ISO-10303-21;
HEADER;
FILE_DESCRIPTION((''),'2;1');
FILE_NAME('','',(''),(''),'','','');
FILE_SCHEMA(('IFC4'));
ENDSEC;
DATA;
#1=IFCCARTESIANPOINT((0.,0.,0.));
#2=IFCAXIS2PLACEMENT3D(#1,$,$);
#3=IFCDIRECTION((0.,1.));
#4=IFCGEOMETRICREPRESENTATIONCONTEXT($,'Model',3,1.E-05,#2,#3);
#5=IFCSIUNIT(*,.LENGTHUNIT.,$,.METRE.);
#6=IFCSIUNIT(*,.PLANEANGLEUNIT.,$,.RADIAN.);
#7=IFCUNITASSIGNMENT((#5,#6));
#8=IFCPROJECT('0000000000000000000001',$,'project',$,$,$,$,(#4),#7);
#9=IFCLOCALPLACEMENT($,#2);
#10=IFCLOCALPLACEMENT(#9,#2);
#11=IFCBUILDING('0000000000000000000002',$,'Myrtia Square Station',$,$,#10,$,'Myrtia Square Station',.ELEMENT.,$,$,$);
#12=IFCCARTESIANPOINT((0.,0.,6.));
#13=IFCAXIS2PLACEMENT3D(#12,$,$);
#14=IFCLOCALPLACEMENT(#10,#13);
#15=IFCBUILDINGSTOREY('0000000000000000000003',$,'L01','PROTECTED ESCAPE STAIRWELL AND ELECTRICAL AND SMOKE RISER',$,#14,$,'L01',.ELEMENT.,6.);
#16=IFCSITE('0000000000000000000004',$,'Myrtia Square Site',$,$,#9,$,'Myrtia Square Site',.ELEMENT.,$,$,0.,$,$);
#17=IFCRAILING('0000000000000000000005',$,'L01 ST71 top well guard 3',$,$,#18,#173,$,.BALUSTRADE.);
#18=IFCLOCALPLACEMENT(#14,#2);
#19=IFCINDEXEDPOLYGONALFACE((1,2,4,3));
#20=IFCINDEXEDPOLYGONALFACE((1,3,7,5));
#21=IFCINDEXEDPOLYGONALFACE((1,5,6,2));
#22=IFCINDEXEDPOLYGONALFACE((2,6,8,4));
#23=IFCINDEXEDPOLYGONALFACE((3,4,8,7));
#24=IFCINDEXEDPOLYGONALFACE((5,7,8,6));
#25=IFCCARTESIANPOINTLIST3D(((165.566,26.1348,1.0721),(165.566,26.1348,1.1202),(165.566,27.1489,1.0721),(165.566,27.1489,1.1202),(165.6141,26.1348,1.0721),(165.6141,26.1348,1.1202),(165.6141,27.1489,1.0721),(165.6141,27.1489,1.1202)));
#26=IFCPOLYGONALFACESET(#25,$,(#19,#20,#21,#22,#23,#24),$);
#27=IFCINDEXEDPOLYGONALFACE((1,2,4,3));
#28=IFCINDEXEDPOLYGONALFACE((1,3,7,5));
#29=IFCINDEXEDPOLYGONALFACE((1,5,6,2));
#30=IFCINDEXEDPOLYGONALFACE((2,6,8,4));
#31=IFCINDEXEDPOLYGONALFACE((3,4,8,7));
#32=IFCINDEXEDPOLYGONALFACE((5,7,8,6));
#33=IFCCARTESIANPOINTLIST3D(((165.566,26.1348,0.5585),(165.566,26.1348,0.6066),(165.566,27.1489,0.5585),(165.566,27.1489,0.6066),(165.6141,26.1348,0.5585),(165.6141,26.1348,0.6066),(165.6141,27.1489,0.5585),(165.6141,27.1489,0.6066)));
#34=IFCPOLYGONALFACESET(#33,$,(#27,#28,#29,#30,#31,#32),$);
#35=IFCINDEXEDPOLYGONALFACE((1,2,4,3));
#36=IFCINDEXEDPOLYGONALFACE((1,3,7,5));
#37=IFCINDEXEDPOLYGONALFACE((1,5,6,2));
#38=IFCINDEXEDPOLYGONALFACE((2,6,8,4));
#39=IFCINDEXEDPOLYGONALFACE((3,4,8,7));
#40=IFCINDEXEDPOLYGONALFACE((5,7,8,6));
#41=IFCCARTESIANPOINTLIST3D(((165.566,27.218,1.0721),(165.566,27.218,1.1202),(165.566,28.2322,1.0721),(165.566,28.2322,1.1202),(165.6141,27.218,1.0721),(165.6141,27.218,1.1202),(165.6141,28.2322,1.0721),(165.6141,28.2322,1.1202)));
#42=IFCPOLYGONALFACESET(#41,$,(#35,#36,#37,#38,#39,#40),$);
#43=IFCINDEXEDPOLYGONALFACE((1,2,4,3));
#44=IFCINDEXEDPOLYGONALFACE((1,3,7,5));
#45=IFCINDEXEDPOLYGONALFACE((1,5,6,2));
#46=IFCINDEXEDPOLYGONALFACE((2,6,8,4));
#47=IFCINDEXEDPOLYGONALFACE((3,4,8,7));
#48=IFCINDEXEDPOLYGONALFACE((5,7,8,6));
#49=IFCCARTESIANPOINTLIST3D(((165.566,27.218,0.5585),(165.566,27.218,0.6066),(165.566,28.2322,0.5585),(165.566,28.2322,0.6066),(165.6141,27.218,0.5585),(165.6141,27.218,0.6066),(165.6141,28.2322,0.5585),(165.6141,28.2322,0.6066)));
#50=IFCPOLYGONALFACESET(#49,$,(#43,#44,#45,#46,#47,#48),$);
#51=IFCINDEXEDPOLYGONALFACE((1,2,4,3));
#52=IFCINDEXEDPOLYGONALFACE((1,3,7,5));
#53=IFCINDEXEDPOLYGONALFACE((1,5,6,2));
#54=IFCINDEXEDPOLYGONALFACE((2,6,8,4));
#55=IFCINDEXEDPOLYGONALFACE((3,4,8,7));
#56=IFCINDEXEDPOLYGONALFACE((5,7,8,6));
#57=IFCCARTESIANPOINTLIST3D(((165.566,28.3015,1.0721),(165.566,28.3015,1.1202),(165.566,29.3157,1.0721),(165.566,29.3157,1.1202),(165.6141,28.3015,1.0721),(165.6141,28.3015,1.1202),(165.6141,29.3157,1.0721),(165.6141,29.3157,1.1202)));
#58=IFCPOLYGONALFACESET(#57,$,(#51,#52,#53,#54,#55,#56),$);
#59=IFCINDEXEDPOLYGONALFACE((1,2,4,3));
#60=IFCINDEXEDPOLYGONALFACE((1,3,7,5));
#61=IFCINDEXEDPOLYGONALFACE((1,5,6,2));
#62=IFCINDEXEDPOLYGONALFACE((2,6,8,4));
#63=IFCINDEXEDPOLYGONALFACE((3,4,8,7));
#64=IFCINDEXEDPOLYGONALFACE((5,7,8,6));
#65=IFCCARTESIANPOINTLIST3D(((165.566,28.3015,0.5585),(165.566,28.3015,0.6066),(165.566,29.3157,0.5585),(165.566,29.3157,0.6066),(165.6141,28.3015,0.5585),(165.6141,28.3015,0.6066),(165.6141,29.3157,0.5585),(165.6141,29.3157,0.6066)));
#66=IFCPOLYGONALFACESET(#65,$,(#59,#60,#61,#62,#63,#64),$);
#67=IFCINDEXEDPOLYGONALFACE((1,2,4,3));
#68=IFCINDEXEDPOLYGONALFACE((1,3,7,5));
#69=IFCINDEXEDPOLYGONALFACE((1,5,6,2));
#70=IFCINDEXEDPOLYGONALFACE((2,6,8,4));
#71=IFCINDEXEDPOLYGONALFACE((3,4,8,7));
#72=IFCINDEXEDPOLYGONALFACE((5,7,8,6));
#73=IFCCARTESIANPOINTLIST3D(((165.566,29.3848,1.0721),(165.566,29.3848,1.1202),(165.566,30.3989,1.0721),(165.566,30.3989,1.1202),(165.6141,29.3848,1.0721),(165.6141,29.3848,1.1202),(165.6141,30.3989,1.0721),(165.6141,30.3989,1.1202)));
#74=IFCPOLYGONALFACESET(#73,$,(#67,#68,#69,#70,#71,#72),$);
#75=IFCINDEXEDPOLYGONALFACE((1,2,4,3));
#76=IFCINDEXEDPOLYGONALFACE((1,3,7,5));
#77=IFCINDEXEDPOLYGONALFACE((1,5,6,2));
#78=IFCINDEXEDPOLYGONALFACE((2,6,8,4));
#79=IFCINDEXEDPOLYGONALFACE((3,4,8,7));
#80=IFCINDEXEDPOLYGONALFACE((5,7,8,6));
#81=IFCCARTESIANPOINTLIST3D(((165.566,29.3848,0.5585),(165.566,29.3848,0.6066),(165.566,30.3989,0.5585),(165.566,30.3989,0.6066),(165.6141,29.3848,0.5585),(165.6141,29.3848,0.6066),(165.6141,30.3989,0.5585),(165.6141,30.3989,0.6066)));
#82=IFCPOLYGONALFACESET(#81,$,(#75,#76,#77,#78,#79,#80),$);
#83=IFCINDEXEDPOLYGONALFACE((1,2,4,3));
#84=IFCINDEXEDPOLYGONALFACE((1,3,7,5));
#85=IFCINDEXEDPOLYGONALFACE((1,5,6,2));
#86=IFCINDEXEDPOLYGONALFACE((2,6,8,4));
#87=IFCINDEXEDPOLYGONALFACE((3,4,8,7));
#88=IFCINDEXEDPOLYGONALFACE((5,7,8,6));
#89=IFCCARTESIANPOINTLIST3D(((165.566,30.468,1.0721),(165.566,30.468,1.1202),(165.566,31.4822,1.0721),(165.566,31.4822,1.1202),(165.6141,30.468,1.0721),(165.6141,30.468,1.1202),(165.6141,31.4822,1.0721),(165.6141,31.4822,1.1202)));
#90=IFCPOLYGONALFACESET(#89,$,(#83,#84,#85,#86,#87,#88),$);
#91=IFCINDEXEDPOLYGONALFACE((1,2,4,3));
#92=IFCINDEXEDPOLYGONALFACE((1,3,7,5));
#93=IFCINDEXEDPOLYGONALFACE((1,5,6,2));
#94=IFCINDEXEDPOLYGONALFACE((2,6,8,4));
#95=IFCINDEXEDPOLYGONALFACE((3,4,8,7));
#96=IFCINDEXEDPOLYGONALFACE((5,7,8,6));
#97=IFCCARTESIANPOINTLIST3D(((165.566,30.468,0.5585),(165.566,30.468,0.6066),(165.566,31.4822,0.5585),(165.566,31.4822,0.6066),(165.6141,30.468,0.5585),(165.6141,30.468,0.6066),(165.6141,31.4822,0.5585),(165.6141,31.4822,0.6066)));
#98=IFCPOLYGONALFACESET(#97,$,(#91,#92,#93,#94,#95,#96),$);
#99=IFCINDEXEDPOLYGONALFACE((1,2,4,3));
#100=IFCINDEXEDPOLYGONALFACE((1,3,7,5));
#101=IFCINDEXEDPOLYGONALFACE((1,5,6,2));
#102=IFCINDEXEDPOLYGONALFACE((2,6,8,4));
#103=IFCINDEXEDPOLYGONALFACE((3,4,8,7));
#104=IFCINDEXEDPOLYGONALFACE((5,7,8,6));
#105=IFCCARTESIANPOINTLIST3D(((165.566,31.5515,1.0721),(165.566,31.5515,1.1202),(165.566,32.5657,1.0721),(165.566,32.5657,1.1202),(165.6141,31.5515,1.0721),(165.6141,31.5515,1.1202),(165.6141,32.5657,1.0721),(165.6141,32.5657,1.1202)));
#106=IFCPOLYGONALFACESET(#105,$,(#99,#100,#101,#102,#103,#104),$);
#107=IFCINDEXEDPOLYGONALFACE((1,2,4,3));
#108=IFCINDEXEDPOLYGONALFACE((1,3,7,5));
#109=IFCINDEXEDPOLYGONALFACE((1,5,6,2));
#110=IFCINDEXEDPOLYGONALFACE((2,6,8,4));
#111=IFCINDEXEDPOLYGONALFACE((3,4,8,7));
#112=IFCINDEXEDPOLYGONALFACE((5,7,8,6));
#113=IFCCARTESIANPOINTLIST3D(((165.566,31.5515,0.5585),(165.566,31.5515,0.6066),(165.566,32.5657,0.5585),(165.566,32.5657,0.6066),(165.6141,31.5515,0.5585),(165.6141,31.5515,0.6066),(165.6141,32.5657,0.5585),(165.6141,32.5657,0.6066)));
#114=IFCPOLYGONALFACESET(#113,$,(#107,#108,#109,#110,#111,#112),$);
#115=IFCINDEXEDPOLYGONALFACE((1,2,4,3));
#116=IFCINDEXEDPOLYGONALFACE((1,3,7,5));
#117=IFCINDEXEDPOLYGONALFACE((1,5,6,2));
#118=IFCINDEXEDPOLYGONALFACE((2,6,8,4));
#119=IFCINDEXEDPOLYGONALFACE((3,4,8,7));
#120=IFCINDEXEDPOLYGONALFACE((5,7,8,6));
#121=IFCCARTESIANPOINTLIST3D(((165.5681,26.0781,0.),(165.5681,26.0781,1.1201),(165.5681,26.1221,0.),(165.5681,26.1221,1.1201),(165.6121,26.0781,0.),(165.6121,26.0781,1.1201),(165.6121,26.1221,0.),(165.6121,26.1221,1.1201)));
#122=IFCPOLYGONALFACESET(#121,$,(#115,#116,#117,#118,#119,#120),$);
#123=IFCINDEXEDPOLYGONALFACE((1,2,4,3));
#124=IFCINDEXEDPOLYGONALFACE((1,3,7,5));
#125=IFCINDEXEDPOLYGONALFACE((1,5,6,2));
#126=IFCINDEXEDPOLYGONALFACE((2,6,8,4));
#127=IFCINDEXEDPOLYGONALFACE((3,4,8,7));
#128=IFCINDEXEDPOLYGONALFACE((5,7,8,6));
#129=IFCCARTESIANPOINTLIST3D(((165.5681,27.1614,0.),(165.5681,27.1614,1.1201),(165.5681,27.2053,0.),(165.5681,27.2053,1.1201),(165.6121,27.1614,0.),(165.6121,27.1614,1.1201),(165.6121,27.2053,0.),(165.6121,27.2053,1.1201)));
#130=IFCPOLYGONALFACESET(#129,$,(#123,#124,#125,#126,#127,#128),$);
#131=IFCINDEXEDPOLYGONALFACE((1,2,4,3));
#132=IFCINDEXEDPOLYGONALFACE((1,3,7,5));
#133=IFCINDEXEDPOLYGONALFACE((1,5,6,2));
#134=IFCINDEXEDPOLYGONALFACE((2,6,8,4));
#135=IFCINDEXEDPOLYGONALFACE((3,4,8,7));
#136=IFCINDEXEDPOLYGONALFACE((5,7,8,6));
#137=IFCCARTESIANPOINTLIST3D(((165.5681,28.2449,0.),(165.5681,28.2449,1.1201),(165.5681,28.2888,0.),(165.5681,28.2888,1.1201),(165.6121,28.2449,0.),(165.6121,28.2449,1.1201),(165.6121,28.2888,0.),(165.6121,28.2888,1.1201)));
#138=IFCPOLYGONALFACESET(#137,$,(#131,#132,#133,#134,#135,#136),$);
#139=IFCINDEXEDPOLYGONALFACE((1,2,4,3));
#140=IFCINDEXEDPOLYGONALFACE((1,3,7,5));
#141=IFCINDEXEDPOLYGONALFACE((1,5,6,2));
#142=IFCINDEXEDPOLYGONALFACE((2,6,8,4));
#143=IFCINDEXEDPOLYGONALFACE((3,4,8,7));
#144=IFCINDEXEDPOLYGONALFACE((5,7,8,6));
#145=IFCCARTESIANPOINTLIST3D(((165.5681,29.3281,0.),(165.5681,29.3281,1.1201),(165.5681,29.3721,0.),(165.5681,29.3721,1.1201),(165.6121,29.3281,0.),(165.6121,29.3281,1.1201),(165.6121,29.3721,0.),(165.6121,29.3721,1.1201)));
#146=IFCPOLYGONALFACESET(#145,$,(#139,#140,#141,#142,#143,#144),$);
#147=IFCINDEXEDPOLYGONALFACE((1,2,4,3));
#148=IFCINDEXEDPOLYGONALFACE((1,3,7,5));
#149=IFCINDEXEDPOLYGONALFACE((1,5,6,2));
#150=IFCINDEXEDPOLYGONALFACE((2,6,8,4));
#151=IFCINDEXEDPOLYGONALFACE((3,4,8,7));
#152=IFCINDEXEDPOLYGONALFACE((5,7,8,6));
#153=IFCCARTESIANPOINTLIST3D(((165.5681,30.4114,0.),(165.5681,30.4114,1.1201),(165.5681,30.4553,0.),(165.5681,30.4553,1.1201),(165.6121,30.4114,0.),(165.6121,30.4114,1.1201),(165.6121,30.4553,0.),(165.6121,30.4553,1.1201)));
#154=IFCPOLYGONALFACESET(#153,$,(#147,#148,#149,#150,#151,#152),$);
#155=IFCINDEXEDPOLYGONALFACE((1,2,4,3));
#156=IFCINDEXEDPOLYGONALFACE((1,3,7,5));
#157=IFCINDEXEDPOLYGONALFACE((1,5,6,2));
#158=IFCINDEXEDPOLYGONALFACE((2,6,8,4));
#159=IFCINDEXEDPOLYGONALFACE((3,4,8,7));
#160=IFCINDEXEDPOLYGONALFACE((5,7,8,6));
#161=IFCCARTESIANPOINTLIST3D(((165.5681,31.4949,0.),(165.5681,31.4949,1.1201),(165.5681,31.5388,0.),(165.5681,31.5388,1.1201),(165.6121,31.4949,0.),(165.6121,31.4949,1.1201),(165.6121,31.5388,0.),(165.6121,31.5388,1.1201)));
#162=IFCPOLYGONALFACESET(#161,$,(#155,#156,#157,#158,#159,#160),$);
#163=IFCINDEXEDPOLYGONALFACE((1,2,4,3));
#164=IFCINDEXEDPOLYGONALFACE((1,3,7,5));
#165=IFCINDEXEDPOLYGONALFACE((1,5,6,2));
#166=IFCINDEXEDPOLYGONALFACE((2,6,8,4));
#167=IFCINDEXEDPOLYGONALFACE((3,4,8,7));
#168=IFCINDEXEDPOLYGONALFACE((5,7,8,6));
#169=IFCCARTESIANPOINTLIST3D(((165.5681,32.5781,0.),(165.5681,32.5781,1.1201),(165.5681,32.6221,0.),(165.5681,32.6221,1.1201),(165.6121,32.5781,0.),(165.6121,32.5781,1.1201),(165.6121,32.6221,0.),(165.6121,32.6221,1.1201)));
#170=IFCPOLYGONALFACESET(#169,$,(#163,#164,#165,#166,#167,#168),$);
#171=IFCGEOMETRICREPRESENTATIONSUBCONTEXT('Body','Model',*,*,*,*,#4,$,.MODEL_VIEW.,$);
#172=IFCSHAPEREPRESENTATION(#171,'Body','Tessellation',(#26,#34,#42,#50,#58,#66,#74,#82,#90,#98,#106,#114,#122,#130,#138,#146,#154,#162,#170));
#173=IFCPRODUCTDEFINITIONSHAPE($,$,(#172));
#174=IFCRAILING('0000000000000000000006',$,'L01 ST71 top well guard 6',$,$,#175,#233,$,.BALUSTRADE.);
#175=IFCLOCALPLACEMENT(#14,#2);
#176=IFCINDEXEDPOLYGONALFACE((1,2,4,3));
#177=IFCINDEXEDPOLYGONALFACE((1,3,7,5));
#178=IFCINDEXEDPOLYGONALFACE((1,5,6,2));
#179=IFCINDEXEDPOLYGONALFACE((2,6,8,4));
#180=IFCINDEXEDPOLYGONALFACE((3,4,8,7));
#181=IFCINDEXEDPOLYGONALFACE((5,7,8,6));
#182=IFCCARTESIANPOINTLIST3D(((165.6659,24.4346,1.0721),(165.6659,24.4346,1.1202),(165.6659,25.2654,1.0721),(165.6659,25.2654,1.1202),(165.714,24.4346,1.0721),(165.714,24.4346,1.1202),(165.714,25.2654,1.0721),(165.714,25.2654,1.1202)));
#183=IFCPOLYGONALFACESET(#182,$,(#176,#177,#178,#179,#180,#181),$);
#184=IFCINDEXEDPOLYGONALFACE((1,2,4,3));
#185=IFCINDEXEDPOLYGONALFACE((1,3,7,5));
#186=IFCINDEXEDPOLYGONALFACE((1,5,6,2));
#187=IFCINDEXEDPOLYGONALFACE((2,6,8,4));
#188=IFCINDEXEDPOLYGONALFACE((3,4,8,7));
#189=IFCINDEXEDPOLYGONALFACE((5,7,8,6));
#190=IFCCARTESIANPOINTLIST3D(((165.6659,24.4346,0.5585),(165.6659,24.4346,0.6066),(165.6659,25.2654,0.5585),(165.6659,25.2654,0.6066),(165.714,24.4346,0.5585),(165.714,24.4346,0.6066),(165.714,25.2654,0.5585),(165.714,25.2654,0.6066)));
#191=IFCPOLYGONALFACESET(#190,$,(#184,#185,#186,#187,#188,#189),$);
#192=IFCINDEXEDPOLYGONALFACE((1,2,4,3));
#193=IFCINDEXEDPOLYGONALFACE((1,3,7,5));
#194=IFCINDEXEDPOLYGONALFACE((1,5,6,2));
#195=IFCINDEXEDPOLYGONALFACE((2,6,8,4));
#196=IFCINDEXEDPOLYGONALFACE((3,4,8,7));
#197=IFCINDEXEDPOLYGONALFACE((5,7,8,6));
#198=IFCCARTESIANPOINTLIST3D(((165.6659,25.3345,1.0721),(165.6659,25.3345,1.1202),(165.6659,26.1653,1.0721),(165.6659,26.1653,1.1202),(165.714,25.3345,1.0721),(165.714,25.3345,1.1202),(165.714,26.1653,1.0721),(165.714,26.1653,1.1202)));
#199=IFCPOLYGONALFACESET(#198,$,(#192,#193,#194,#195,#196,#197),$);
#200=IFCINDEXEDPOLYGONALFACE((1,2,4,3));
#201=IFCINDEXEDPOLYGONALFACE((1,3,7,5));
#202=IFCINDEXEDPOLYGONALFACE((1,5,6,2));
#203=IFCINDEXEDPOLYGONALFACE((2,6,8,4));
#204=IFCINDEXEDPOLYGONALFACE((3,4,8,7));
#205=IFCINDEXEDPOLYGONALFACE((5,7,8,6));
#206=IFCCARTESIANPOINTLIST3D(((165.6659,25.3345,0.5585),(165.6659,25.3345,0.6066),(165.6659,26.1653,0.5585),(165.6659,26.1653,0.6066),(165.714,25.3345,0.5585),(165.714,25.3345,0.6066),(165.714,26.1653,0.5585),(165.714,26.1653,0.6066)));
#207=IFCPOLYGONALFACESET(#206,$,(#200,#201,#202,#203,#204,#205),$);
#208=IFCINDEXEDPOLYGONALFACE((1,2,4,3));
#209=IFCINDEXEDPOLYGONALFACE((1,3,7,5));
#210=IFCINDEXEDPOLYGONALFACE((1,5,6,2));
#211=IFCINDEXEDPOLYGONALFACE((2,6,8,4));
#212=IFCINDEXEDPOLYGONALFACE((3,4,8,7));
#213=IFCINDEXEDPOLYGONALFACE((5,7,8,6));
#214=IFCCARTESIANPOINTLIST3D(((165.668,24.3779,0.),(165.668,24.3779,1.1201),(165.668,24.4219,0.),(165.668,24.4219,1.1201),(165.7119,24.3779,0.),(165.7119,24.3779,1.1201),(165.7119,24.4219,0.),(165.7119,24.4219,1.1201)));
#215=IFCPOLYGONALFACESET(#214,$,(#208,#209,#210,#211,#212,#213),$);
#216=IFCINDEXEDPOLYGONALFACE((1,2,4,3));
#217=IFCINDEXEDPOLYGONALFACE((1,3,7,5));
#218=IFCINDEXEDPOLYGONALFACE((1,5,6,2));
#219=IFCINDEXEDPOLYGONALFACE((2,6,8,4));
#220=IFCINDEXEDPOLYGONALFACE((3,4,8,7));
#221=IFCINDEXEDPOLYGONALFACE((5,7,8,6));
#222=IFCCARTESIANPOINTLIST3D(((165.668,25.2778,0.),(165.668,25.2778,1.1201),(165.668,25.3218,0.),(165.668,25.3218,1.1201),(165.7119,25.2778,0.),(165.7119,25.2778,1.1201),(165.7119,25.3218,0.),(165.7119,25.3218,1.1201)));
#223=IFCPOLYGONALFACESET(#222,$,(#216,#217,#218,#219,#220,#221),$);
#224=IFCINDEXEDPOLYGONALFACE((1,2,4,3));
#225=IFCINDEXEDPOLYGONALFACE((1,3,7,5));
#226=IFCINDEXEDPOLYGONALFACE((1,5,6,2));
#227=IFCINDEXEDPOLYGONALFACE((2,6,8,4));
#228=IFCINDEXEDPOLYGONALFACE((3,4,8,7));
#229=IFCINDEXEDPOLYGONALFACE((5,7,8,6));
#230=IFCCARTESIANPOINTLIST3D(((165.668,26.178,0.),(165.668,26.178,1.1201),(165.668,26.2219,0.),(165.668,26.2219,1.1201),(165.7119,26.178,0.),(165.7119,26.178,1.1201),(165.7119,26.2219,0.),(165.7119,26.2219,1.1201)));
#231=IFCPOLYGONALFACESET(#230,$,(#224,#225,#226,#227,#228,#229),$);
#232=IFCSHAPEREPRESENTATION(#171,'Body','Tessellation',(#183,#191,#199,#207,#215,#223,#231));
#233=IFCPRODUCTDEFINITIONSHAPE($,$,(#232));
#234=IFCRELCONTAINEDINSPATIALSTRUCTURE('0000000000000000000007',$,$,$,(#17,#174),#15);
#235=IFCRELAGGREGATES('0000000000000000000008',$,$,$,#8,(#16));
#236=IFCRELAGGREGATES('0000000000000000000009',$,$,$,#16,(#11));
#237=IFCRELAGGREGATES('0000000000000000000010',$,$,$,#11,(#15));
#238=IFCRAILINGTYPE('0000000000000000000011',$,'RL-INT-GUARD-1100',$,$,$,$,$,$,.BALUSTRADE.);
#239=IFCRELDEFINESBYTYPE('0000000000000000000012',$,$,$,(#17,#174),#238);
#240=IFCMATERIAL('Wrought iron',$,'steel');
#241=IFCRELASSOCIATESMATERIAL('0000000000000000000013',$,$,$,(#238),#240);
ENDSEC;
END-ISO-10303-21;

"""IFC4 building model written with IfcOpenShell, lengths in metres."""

from ifc_helpers import new_model, si_unit, direction, frame, origin, origin_2d, place, context, subcontext, project, spatial, rectangle, extrude, material, type_object, element, save


model = new_model("IFC4")

# Units and contexts
model_context = context("Model", 3, precision=1e-05, world=origin(), true_north=direction((0.0, 1.0)))
body_context = subcontext(model_context, "Body", "Model", "MODEL_VIEW")
ifc_project = project(units=[si_unit("LENGTHUNIT", "METRE"), si_unit("PLANEANGLEUNIT", "RADIAN")], contexts=[model_context])

# Site, building, storey
site_placement = place(None, origin())
site = spatial("IfcSite", under=ifc_project, at=site_placement, Name="Myrtia Square Site", LongName="Myrtia Square Site", CompositionType="ELEMENT", RefElevation=0.0)
building_placement = place(site_placement, origin())
building = spatial("IfcBuilding", under=site, at=building_placement, Name="Myrtia Square Station", LongName="Myrtia Square Station", CompositionType="ELEMENT")
storey_placement = place(building_placement, frame((0.0, 0.0, 6.0)))
storey = spatial("IfcBuildingStorey", under=building, at=storey_placement, Name="L01", Description="PROTECTED ESCAPE STAIRWELL AND ELECTRICAL AND SMOKE RISER", LongName="L01", CompositionType="ELEMENT", Elevation=6.0)

# Railings
ifc_material_1 = material(Name="Wrought iron", Category="steel")
railing_type_1 = type_object("IfcRailingType", Name="RL-INT-GUARD-1100", PredefinedType="BALUSTRADE", material=ifc_material_1)
railing_1_placement = place(storey_placement, frame((165.5901, 26.1001, 0.0)))
element("IfcRailing", 1, at=railing_1_placement, inside=storey, type_object=railing_type_1, Name="L01 ST71 top well guard 3", PredefinedType="BALUSTRADE", context=body_context, shape_type="SweptSolid", body=[
    extrude(rectangle(XDim=0.0481, YDim=0.0481, at=origin_2d()), frame((0.0, 0.0347, 1.0962), z_axis=(0.0, 1.0, 0.0), x_axis=(-1.0, 0.0, 0.0)), (0.0, 0.0, 1.0), 1.0142),
    extrude(rectangle(XDim=0.0481, YDim=0.0481, at=origin_2d()), frame((0.0, 0.0347, 0.5825), z_axis=(0.0, 1.0, 0.0), x_axis=(-1.0, 0.0, 0.0)), (0.0, 0.0, 1.0), 1.0142),
    extrude(rectangle(XDim=0.0481, YDim=0.0481, at=origin_2d()), frame((0.0, 1.1179, 1.0962), z_axis=(0.0, 1.0, 0.0), x_axis=(-1.0, 0.0, 0.0)), (0.0, 0.0, 1.0), 1.0142),
    extrude(rectangle(XDim=0.0481, YDim=0.0481, at=origin_2d()), frame((0.0, 1.1179, 0.5825), z_axis=(0.0, 1.0, 0.0), x_axis=(-1.0, 0.0, 0.0)), (0.0, 0.0, 1.0), 1.0142),
    extrude(rectangle(XDim=0.0481, YDim=0.0481, at=origin_2d()), frame((0.0, 2.2014, 1.0962), z_axis=(0.0, 1.0, 0.0), x_axis=(-1.0, 0.0, 0.0)), (0.0, 0.0, 1.0), 1.0142),
    extrude(rectangle(XDim=0.0481, YDim=0.0481, at=origin_2d()), frame((0.0, 2.2014, 0.5825), z_axis=(0.0, 1.0, 0.0), x_axis=(-1.0, 0.0, 0.0)), (0.0, 0.0, 1.0), 1.0142),
    extrude(rectangle(XDim=0.0481, YDim=0.0481, at=origin_2d()), frame((0.0, 3.2847, 1.0962), z_axis=(0.0, 1.0, 0.0), x_axis=(-1.0, 0.0, 0.0)), (0.0, 0.0, 1.0), 1.0142),
    extrude(rectangle(XDim=0.0481, YDim=0.0481, at=origin_2d()), frame((0.0, 3.2847, 0.5825), z_axis=(0.0, 1.0, 0.0), x_axis=(-1.0, 0.0, 0.0)), (0.0, 0.0, 1.0), 1.0142),
    extrude(rectangle(XDim=0.0481, YDim=0.0481, at=origin_2d()), frame((0.0, 4.3679, 1.0962), z_axis=(0.0, 1.0, 0.0), x_axis=(-1.0, 0.0, 0.0)), (0.0, 0.0, 1.0), 1.0142),
    extrude(rectangle(XDim=0.0481, YDim=0.0481, at=origin_2d()), frame((0.0, 4.3679, 0.5825), z_axis=(0.0, 1.0, 0.0), x_axis=(-1.0, 0.0, 0.0)), (0.0, 0.0, 1.0), 1.0142),
    extrude(rectangle(XDim=0.0481, YDim=0.0481, at=origin_2d()), frame((0.0, 5.4514, 1.0962), z_axis=(0.0, 1.0, 0.0), x_axis=(-1.0, 0.0, 0.0)), (0.0, 0.0, 1.0), 1.0142),
    extrude(rectangle(XDim=0.0481, YDim=0.0481, at=origin_2d()), frame((0.0, 5.4514, 0.5825), z_axis=(0.0, 1.0, 0.0), x_axis=(-1.0, 0.0, 0.0)), (0.0, 0.0, 1.0), 1.0142),
    extrude(rectangle(XDim=0.0439, YDim=0.0439, at=origin_2d()), origin(), (0.0, 0.0, 1.0), 1.1201),
    extrude(rectangle(XDim=0.0439, YDim=0.0439, at=origin_2d()), frame((0.0, 1.0833, 0.0)), (0.0, 0.0, 1.0), 1.1201),
    extrude(rectangle(XDim=0.0439, YDim=0.0439, at=origin_2d()), frame((0.0, 2.1667, 0.0)), (0.0, 0.0, 1.0), 1.1201),
    extrude(rectangle(XDim=0.0439, YDim=0.0439, at=origin_2d()), frame((0.0, 3.25, 0.0)), (0.0, 0.0, 1.0), 1.1201),
    extrude(rectangle(XDim=0.0439, YDim=0.0439, at=origin_2d()), frame((0.0, 4.3333, 0.0)), (0.0, 0.0, 1.0), 1.1201),
    extrude(rectangle(XDim=0.0439, YDim=0.0439, at=origin_2d()), frame((0.0, 5.4167, 0.0)), (0.0, 0.0, 1.0), 1.1201),
    extrude(rectangle(XDim=0.0439, YDim=0.0439, at=origin_2d()), frame((0.0, 6.5, 0.0)), (0.0, 0.0, 1.0), 1.1201),
])
railing_2_placement = place(storey_placement, frame((165.6899, 24.3999, 0.0)))
element("IfcRailing", 2, at=railing_2_placement, inside=storey, type_object=railing_type_1, Name="L01 ST71 top well guard 6", PredefinedType="BALUSTRADE", context=body_context, shape_type="SweptSolid", body=[
    extrude(rectangle(XDim=0.0481, YDim=0.0481, at=origin_2d()), frame((0.0, 0.0347, 1.0962), z_axis=(0.0, 1.0, 0.0), x_axis=(-1.0, 0.0, 0.0)), (0.0, 0.0, 1.0), 0.8308),
    extrude(rectangle(XDim=0.0481, YDim=0.0481, at=origin_2d()), frame((0.0, 0.0347, 0.5825), z_axis=(0.0, 1.0, 0.0), x_axis=(-1.0, 0.0, 0.0)), (0.0, 0.0, 1.0), 0.8308),
    extrude(rectangle(XDim=0.0481, YDim=0.0481, at=origin_2d()), frame((0.0, 0.9346, 1.0962), z_axis=(0.0, 1.0, 0.0), x_axis=(-1.0, 0.0, 0.0)), (0.0, 0.0, 1.0), 0.8308),
    extrude(rectangle(XDim=0.0481, YDim=0.0481, at=origin_2d()), frame((0.0, 0.9346, 0.5825), z_axis=(0.0, 1.0, 0.0), x_axis=(-1.0, 0.0, 0.0)), (0.0, 0.0, 1.0), 0.8308),
    extrude(rectangle(XDim=0.0439, YDim=0.0439, at=origin_2d()), origin(), (0.0, 0.0, 1.0), 1.1201),
    extrude(rectangle(XDim=0.0439, YDim=0.0439, at=origin_2d()), frame((0.0, 0.8999, 0.0)), (0.0, 0.0, 1.0), 1.1201),
    extrude(rectangle(XDim=0.0439, YDim=0.0439, at=origin_2d()), frame((0.0, 1.8, 0.0)), (0.0, 0.0, 1.0), 1.1201),
])

save(model, "model.ifc")
